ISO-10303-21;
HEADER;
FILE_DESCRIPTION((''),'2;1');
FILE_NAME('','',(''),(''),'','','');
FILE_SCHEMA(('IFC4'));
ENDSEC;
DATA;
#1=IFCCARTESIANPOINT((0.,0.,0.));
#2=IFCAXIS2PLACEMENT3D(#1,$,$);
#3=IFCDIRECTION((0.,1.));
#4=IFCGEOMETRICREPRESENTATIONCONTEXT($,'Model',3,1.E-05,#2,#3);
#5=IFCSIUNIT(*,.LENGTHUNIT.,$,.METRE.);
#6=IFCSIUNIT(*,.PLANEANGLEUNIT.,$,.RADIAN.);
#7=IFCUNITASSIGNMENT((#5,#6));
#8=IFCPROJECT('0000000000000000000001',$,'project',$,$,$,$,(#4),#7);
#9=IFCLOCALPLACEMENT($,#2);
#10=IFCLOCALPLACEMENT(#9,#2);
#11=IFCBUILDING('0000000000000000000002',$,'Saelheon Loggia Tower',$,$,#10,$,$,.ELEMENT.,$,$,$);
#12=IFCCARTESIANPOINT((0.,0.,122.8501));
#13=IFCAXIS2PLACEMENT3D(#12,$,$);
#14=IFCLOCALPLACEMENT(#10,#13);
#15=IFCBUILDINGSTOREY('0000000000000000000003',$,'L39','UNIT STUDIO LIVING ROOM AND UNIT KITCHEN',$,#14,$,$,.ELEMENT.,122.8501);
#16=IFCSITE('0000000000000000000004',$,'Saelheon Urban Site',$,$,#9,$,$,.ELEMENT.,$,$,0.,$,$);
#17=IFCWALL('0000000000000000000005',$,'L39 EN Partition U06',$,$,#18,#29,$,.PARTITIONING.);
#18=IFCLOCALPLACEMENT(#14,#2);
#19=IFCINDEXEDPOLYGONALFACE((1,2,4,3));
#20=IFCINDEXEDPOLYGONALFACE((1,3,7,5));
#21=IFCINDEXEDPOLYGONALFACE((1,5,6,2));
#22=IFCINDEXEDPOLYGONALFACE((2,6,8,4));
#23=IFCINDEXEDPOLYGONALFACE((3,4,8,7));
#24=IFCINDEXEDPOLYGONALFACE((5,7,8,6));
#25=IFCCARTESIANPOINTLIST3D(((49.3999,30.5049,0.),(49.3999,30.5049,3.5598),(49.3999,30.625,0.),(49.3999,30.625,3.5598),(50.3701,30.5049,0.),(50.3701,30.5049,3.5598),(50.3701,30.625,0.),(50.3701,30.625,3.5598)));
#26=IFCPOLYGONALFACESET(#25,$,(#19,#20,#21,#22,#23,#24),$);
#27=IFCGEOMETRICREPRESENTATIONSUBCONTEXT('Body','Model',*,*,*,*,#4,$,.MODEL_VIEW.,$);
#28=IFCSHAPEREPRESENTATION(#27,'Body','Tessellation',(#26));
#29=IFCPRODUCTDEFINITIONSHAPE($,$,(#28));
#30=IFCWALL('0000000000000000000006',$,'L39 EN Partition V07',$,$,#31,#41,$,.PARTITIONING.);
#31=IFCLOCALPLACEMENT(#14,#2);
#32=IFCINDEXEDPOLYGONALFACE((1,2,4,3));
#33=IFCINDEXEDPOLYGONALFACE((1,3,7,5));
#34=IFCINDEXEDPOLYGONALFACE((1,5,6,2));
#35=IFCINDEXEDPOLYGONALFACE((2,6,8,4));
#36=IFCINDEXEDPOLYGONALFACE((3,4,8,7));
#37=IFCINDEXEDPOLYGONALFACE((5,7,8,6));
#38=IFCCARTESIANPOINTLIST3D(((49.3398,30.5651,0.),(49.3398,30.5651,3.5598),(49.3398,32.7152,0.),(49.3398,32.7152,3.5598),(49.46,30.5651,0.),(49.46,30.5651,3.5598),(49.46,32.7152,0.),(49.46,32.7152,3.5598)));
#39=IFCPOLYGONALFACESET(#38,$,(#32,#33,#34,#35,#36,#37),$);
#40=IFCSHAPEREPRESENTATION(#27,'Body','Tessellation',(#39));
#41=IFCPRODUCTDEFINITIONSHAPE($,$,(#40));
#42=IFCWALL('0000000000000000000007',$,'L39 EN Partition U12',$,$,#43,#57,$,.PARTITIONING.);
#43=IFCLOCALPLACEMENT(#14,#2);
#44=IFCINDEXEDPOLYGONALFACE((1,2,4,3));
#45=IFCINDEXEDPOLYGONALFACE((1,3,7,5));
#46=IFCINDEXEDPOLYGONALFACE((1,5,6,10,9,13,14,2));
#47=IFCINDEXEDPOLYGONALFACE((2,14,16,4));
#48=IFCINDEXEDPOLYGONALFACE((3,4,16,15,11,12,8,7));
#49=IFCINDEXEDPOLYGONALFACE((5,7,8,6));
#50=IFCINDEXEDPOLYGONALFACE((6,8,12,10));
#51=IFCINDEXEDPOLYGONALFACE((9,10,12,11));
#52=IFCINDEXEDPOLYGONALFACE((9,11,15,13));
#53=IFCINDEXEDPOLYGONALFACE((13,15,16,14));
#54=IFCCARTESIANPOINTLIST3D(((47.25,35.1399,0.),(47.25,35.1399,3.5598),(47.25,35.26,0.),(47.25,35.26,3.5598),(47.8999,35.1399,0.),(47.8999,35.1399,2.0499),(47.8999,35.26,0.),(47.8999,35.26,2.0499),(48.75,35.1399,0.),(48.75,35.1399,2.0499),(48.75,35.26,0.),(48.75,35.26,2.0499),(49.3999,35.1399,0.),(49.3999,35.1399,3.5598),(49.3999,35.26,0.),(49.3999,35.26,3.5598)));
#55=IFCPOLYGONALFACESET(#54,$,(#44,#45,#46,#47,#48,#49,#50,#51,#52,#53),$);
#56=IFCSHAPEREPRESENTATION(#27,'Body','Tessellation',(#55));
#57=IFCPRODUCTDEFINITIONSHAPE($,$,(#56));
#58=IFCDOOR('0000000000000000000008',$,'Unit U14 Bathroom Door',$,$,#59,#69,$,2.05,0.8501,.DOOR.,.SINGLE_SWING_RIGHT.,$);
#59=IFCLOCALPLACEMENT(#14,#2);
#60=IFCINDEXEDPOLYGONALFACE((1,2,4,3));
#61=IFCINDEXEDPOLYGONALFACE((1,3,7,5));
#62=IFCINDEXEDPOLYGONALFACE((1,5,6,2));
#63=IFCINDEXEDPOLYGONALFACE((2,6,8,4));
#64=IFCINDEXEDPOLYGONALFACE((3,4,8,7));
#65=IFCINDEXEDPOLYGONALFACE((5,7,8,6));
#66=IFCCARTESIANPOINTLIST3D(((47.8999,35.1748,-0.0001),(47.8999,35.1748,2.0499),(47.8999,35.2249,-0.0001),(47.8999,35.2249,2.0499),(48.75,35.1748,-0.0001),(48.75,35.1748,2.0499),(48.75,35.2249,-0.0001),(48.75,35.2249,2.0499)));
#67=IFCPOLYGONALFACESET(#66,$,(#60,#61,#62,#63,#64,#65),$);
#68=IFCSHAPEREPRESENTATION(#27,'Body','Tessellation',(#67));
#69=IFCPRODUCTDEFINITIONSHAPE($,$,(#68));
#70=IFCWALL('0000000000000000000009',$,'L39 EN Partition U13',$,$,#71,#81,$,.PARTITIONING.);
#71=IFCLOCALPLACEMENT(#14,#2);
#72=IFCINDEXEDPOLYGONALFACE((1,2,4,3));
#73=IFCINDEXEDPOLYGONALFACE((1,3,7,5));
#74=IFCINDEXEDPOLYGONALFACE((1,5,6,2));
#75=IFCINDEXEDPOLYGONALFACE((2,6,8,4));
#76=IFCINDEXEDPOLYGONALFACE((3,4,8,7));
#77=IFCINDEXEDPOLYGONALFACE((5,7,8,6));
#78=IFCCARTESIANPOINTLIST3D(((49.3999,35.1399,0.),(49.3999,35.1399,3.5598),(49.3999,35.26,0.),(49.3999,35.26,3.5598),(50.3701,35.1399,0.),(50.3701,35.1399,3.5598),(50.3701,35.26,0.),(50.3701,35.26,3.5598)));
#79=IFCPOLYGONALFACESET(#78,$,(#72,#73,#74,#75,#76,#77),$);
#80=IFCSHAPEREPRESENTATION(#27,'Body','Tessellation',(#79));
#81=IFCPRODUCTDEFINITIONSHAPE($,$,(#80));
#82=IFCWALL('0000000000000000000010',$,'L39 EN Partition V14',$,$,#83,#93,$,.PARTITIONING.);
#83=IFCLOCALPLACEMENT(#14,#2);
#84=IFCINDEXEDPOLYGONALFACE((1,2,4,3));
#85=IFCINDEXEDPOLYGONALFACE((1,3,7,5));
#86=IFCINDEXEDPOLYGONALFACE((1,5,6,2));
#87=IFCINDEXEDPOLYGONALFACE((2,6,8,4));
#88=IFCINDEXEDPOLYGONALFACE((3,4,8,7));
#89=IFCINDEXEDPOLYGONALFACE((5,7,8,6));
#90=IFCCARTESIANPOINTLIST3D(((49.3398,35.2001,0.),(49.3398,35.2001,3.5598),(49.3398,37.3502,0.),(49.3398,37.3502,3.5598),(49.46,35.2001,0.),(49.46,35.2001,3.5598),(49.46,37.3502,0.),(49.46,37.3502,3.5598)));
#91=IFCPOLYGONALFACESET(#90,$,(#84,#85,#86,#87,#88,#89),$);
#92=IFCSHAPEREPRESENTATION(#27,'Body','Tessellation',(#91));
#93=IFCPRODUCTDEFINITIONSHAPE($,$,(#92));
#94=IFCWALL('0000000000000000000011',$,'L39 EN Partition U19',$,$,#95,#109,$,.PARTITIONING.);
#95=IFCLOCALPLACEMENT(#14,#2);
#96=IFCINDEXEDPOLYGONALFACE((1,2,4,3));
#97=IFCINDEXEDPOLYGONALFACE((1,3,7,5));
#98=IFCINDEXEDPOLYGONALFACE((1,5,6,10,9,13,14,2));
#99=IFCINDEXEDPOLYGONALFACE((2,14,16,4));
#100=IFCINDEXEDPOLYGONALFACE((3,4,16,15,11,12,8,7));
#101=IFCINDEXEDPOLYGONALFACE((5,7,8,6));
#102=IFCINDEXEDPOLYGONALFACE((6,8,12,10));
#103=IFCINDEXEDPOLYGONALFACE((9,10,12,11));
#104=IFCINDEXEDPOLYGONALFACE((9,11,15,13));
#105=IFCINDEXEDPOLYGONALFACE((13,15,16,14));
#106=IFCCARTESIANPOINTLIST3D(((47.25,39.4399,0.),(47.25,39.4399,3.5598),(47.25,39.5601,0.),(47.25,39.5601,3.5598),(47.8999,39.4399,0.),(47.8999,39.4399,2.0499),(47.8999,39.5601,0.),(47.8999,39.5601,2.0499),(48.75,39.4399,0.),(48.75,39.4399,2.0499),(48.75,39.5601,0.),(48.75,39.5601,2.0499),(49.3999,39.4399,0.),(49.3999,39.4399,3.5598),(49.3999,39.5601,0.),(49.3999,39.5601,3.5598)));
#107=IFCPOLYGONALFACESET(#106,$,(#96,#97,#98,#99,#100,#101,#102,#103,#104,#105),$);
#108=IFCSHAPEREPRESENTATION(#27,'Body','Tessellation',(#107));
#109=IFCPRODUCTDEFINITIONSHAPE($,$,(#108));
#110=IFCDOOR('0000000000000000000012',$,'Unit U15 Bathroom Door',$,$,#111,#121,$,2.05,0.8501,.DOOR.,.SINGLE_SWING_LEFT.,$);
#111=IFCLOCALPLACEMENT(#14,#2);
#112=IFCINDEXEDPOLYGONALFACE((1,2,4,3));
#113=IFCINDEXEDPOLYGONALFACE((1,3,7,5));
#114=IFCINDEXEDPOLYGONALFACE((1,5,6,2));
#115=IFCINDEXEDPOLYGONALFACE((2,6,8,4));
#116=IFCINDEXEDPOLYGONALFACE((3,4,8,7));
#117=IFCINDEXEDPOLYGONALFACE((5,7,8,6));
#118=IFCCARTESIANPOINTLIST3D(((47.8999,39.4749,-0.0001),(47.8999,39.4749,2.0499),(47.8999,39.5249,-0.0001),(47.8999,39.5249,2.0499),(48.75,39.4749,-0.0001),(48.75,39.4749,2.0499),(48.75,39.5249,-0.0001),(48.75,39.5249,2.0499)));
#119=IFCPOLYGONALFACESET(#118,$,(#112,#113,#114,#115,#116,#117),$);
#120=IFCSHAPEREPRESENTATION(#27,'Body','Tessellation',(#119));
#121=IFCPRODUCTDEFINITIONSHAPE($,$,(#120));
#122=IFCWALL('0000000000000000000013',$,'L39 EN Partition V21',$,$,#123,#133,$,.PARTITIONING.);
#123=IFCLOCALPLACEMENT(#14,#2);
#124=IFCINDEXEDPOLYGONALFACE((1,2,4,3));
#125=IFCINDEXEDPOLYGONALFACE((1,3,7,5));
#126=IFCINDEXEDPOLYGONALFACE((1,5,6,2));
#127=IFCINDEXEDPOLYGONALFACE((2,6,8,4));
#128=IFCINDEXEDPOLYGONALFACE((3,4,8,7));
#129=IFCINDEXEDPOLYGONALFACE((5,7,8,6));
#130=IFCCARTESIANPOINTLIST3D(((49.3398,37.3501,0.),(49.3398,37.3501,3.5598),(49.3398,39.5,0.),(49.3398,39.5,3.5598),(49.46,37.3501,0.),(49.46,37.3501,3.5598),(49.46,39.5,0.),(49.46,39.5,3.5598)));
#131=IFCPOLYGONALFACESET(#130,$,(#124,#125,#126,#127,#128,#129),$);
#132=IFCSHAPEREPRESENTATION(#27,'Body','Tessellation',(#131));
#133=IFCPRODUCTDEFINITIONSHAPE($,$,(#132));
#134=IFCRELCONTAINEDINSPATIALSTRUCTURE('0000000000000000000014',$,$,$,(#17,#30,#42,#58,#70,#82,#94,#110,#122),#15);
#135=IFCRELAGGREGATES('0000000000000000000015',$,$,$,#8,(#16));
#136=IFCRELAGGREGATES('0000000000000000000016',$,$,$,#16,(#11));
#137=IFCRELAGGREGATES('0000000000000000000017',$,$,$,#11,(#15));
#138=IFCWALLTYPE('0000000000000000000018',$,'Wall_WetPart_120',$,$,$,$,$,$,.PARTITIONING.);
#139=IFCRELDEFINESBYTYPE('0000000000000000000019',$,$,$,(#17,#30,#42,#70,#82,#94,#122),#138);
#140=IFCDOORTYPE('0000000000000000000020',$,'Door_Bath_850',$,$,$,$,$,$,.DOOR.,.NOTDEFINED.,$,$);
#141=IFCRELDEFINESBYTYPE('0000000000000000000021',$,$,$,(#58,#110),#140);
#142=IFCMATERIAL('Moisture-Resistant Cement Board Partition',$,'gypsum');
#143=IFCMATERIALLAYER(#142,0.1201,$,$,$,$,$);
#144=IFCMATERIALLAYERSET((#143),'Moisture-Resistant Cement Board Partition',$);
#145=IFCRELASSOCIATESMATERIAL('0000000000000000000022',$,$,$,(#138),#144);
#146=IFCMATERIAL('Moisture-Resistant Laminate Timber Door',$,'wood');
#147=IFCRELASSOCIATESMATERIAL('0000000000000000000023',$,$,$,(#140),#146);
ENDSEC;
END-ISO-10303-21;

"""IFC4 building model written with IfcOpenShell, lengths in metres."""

from ifc_helpers import new_model, si_unit, direction, frame, frame_2d, origin, place, context, subcontext, project, spatial, rectangle, extrude, source, transform, mapped, material, layer, layer_set, type_object, element, fill, save


model = new_model("IFC4")

# Units and contexts
model_context = context("Model", 3, precision=1e-05, world=origin(), true_north=direction((0.0, 1.0)))
body_context = subcontext(model_context, "Body", "Model", "MODEL_VIEW")
ifc_project = project(units=[si_unit("LENGTHUNIT", "METRE"), si_unit("PLANEANGLEUNIT", "RADIAN")], contexts=[model_context])

# Site, building, storey
site_placement = place(None, origin())
site = spatial("IfcSite", under=ifc_project, at=site_placement, Name="Saelheon Urban Site", CompositionType="ELEMENT", RefElevation=0.0)
building_placement = place(site_placement, origin())
building = spatial("IfcBuilding", under=site, at=building_placement, Name="Saelheon Loggia Tower", CompositionType="ELEMENT")
storey_placement = place(building_placement, frame((0.0, 0.0, 122.8501)))
storey = spatial("IfcBuildingStorey", under=building, at=storey_placement, Name="L39", Description="UNIT STUDIO LIVING ROOM AND UNIT KITCHEN", CompositionType="ELEMENT", Elevation=122.8501)

# Walls
ifc_material_1 = material(Name="Moisture-Resistant Cement Board Partition", Category="gypsum")
ifc_layer_1 = layer(ifc_material_1, 0.1201)
ifc_layer_set_1 = layer_set([ifc_layer_1], Name="Moisture-Resistant Cement Board Partition")
wall_type_1 = type_object("IfcWallType", Name="Wall_WetPart_120", PredefinedType="PARTITIONING", material=ifc_layer_set_1)
wall_1_placement = place(storey_placement, frame((49.3999, 30.5649, 0.0), z_axis=(0.0, 0.0, 1.0), x_axis=(1.0, 0.0, 0.0)))
element("IfcWall", 1, at=wall_1_placement, inside=storey, type_object=wall_type_1, Name="L39 EN Partition U06", PredefinedType="PARTITIONING", context=body_context, shape_type="SweptSolid", body=[
    extrude(rectangle(XDim=0.9702, YDim=0.1201, at=frame_2d((0.4851, 0.0))), origin(), (0.0, 0.0, 1.0), 3.5598),
])
wall_2_placement = place(storey_placement, frame((49.3999, 30.5649, 0.0), z_axis=(0.0, 0.0, 1.0), x_axis=(0.0, 1.0, 0.0)))
element("IfcWall", 2, at=wall_2_placement, inside=storey, type_object=wall_type_1, Name="L39 EN Partition V07", PredefinedType="PARTITIONING", context=body_context, shape_type="SweptSolid", body=[
    extrude(rectangle(XDim=2.1501, YDim=0.1201, at=frame_2d((1.0752, 0.0))), origin(), (0.0, 0.0, 1.0), 3.5598),
])

# Wall, opening, door
wall_3_placement = place(storey_placement, frame((47.25, 35.2, 0.0), z_axis=(0.0, 0.0, 1.0), x_axis=(1.0, 0.0, 0.0)))
wall_3 = element("IfcWall", 3, at=wall_3_placement, inside=storey, type_object=wall_type_1, Name="L39 EN Partition U12", PredefinedType="PARTITIONING", context=body_context, shape_type="SweptSolid", body=[
    extrude(rectangle(XDim=2.1499, YDim=0.1201, at=frame_2d((1.075, 0.0))), origin(), (0.0, 0.0, 1.0), 3.5598),
])
opening_1_placement = place(wall_3_placement, frame((0.6499, 0.0, 0.0)))
opening_1 = element("IfcOpeningElement", 4, at=opening_1_placement, cuts=wall_3, PredefinedType="OPENING", context=body_context, shape_type="SweptSolid", body=[
    extrude(rectangle(XDim=0.8501, YDim=2.05, at=frame_2d((0.425, 1.0249))), frame((0.0, 0.072, 0.0), z_axis=(0.0, -1.0, 0.0), x_axis=(1.0, 0.0, 0.0)), (0.0, 0.0, 1.0), 0.144),
])
ifc_material_2 = material(Name="Moisture-Resistant Laminate Timber Door", Category="wood")
door_type_1 = type_object("IfcDoorType", Name="Door_Bath_850", OperationType="NOTDEFINED", PredefinedType="DOOR", material=ifc_material_2)
shared_shape_1 = source(origin(), body_context, "Body", "SweptSolid", [
    extrude(rectangle(XDim=0.8501, YDim=2.05, at=frame_2d((0.425, 1.0249))), frame((0.0, 0.0249, 0.0), z_axis=(0.0, -1.0, 0.0), x_axis=(1.0, 0.0, 0.0)), (0.0, 0.0, 1.0), 0.05),
])
door_1_placement = place(opening_1_placement, origin())
door_1 = element("IfcDoor", 5, at=door_1_placement, inside=storey, type_object=door_type_1, Name="Unit U14 Bathroom Door", OperationType="SINGLE_SWING_RIGHT", OverallHeight=2.05, OverallWidth=0.8501, PredefinedType="DOOR", context=body_context, shape_type="MappedRepresentation", body=[
    mapped(shared_shape_1, transform((0.0, 0.0, 0.0), scale=1.0)),
])
fill(opening_1, door_1)

# Walls
wall_4_placement = place(storey_placement, frame((49.3999, 35.2, 0.0), z_axis=(0.0, 0.0, 1.0), x_axis=(1.0, 0.0, 0.0)))
element("IfcWall", 6, at=wall_4_placement, inside=storey, type_object=wall_type_1, Name="L39 EN Partition U13", PredefinedType="PARTITIONING", context=body_context, shape_type="SweptSolid", body=[
    extrude(rectangle(XDim=0.9702, YDim=0.1201, at=frame_2d((0.4851, 0.0))), origin(), (0.0, 0.0, 1.0), 3.5598),
])
wall_5_placement = place(storey_placement, frame((49.3999, 35.2, 0.0), z_axis=(0.0, 0.0, 1.0), x_axis=(0.0, 1.0, 0.0)))
element("IfcWall", 7, at=wall_5_placement, inside=storey, type_object=wall_type_1, Name="L39 EN Partition V14", PredefinedType="PARTITIONING", context=body_context, shape_type="SweptSolid", body=[
    extrude(rectangle(XDim=2.1501, YDim=0.1201, at=frame_2d((1.0752, 0.0))), origin(), (0.0, 0.0, 1.0), 3.5598),
])

# Wall, opening, door
wall_6_placement = place(storey_placement, frame((47.25, 39.5, 0.0), z_axis=(0.0, 0.0, 1.0), x_axis=(1.0, 0.0, 0.0)))
wall_6 = element("IfcWall", 8, at=wall_6_placement, inside=storey, type_object=wall_type_1, Name="L39 EN Partition U19", PredefinedType="PARTITIONING", context=body_context, shape_type="SweptSolid", body=[
    extrude(rectangle(XDim=2.1499, YDim=0.1201, at=frame_2d((1.075, 0.0))), origin(), (0.0, 0.0, 1.0), 3.5598),
])
opening_2_placement = place(wall_6_placement, frame((0.6499, 0.0, 0.0)))
opening_2 = element("IfcOpeningElement", 9, at=opening_2_placement, cuts=wall_6, PredefinedType="OPENING", context=body_context, shape_type="SweptSolid", body=[
    extrude(rectangle(XDim=0.8501, YDim=2.05, at=frame_2d((0.425, 1.0249))), frame((0.0, 0.072, 0.0), z_axis=(0.0, -1.0, 0.0), x_axis=(1.0, 0.0, 0.0)), (0.0, 0.0, 1.0), 0.144),
])
door_2_placement = place(opening_2_placement, origin())
door_2 = element("IfcDoor", 10, at=door_2_placement, inside=storey, type_object=door_type_1, Name="Unit U15 Bathroom Door", OperationType="SINGLE_SWING_LEFT", OverallHeight=2.05, OverallWidth=0.8501, PredefinedType="DOOR", context=body_context, shape_type="MappedRepresentation", body=[
    mapped(shared_shape_1, transform((0.0, 0.0, 0.0), scale=1.0)),
])
fill(opening_2, door_2)

# Wall
wall_7_placement = place(storey_placement, frame((49.3999, 37.3501, 0.0), z_axis=(0.0, 0.0, 1.0), x_axis=(0.0, 1.0, 0.0)))
element("IfcWall", 11, at=wall_7_placement, inside=storey, type_object=wall_type_1, Name="L39 EN Partition V21", PredefinedType="PARTITIONING", context=body_context, shape_type="SweptSolid", body=[
    extrude(rectangle(XDim=2.1499, YDim=0.1201, at=frame_2d((1.075, 0.0))), origin(), (0.0, 0.0, 1.0), 3.5598),
])

save(model, "model.ifc")
